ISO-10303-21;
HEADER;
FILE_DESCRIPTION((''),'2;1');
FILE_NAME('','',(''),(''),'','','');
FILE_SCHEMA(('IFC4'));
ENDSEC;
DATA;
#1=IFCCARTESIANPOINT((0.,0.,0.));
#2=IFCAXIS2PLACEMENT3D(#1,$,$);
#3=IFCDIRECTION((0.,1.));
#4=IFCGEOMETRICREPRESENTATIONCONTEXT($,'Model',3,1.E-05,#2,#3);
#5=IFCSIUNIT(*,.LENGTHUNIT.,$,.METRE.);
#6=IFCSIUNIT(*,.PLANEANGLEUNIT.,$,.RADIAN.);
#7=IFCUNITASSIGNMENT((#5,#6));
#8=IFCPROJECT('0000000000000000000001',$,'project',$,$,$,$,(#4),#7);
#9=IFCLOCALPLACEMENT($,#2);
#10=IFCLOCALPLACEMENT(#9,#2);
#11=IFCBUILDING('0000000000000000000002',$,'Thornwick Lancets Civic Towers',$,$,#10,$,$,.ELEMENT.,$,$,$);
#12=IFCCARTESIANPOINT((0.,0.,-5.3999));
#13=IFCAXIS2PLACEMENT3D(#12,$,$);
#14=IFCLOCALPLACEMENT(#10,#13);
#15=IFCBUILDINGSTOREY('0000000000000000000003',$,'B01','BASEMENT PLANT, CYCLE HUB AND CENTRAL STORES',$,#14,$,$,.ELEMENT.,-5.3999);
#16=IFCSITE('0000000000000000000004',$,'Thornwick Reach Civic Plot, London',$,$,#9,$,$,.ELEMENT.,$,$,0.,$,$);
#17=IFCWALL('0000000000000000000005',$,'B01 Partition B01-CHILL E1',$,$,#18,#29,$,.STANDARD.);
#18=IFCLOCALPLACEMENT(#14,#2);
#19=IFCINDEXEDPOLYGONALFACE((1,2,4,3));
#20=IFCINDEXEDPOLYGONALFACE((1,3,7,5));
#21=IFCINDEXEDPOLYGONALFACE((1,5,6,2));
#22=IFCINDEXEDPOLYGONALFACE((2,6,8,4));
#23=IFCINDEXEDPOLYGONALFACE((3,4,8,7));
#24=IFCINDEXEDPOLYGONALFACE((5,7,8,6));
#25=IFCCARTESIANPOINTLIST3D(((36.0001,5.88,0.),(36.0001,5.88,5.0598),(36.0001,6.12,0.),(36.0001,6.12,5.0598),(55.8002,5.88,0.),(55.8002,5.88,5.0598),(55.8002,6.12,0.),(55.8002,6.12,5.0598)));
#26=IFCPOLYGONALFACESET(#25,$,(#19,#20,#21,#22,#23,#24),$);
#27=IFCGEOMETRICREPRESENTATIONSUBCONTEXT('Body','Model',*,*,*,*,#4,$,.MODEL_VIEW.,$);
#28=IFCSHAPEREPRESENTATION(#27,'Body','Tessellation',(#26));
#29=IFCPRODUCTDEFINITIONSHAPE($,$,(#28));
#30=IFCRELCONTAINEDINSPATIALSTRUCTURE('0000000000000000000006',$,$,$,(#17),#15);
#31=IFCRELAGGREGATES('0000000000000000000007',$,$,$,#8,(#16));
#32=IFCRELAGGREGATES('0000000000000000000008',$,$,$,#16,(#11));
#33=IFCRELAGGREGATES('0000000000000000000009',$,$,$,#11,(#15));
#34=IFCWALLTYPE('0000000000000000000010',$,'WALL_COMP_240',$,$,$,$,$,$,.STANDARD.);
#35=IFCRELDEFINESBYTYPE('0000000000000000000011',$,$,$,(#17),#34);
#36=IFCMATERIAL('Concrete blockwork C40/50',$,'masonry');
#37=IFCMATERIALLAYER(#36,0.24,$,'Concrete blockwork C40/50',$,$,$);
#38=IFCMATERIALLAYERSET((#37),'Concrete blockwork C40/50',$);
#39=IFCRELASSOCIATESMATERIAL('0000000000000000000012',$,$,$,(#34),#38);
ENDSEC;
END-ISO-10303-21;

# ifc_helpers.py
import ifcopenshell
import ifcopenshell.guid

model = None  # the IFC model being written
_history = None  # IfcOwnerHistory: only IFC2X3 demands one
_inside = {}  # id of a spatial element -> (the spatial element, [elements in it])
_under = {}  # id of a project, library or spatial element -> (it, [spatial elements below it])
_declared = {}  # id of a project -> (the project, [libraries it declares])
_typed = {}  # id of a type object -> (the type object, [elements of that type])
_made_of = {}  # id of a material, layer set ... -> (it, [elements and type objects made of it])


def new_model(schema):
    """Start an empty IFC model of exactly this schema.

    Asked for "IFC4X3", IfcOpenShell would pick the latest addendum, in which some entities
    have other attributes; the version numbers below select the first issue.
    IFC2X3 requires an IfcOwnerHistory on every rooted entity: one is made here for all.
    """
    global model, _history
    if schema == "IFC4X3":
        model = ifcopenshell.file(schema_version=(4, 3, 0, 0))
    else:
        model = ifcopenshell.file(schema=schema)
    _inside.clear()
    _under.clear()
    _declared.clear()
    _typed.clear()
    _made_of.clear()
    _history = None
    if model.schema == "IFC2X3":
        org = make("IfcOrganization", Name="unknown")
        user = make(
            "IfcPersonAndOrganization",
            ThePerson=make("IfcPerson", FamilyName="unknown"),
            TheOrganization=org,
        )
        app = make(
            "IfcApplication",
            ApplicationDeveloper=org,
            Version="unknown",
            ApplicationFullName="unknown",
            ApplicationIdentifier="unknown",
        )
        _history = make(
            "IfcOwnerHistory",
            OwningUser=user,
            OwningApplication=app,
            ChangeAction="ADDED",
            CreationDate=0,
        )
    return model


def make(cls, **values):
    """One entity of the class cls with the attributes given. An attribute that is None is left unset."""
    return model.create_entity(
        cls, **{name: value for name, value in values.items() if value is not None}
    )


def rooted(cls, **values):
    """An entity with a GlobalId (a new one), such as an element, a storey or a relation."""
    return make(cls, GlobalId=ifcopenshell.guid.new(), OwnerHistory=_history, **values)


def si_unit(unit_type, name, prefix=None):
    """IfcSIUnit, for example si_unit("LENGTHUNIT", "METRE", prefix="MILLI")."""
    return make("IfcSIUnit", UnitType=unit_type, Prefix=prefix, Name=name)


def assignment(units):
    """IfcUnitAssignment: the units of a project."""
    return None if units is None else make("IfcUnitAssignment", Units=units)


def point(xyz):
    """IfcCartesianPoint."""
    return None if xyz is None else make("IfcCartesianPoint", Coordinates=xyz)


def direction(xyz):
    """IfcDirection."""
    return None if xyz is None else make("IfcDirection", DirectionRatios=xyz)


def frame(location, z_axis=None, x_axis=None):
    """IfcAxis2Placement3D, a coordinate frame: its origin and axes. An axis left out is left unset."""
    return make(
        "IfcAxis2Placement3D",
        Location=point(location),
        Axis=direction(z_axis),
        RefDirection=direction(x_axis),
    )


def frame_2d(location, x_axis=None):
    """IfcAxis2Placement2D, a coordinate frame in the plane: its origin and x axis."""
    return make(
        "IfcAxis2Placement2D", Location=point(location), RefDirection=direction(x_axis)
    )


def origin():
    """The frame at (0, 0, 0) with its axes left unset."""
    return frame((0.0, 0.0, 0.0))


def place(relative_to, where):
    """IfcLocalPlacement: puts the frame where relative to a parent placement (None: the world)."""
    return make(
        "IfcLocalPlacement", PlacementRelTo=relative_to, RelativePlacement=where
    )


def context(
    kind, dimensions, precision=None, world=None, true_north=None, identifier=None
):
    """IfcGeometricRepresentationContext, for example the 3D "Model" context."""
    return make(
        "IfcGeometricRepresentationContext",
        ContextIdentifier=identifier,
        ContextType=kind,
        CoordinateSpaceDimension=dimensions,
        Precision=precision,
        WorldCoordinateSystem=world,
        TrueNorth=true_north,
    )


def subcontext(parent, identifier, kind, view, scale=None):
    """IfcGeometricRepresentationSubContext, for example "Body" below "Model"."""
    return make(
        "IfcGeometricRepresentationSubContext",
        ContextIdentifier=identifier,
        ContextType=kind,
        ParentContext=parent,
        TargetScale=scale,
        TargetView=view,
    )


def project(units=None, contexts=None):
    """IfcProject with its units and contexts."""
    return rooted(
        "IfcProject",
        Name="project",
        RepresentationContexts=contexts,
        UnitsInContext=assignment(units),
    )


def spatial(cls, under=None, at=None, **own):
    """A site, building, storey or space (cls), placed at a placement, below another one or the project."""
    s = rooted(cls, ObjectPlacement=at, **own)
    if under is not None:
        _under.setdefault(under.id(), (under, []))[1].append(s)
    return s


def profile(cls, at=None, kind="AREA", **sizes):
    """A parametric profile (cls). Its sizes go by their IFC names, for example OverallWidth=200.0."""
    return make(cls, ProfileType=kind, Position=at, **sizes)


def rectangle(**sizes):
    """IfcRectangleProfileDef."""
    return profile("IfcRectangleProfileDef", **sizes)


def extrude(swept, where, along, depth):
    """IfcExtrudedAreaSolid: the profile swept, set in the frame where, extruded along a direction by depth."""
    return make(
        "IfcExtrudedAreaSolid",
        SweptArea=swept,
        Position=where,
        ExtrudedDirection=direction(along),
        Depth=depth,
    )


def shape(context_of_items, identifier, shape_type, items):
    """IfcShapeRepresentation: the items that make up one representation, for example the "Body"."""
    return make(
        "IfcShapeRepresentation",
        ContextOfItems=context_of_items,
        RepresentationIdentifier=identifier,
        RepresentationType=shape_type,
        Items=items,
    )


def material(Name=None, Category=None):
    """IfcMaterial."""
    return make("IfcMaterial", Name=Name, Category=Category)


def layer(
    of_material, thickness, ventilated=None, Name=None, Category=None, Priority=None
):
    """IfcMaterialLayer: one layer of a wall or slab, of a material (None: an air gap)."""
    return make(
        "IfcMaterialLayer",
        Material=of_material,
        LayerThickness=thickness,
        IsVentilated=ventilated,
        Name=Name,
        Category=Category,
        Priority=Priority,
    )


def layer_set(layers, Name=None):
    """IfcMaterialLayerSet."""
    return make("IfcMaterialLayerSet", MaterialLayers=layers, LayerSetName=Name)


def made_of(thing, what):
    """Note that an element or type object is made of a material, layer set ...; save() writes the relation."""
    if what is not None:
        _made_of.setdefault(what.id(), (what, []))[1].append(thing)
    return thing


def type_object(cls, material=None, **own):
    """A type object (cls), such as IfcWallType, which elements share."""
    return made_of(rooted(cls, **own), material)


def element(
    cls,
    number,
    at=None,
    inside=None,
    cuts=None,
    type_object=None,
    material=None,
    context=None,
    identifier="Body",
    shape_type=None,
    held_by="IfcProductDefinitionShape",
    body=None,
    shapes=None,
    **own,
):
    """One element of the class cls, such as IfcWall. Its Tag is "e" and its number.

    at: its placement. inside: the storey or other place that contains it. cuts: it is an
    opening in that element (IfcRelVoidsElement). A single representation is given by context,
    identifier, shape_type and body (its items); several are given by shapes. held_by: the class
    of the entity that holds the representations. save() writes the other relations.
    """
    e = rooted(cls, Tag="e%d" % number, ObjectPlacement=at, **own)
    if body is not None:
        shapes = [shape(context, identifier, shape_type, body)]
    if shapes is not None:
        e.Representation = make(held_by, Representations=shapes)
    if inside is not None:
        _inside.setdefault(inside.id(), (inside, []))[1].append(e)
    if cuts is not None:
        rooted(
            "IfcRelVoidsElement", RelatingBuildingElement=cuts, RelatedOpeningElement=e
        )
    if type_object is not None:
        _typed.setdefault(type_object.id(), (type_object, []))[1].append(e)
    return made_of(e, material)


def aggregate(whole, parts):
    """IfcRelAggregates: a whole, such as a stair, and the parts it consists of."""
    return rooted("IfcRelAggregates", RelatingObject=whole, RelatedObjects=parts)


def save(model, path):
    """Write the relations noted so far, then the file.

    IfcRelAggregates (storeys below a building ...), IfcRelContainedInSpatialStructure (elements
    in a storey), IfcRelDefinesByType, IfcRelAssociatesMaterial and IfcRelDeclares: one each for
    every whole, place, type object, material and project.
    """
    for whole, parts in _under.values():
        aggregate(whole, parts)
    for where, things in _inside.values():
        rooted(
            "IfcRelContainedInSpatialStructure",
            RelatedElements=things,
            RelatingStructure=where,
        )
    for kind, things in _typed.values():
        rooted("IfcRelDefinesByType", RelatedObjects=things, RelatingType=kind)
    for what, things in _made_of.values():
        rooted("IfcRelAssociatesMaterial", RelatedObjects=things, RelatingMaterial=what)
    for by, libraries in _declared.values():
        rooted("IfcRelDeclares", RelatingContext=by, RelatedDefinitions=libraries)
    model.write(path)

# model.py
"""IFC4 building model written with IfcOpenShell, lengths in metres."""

from ifc_helpers import new_model, si_unit, direction, frame, frame_2d, origin, place, context, subcontext, project, spatial, rectangle, extrude, material, layer, layer_set, type_object, element, save


model = new_model("IFC4")

# Units and contexts
model_context = context("Model", 3, precision=1e-05, world=origin(), true_north=direction((0.0, 1.0)))
body_context = subcontext(model_context, "Body", "Model", "MODEL_VIEW")
ifc_project = project(units=[si_unit("LENGTHUNIT", "METRE"), si_unit("PLANEANGLEUNIT", "RADIAN")], contexts=[model_context])

# Site, building, storey
site_placement = place(None, origin())
site = spatial("IfcSite", under=ifc_project, at=site_placement, Name="Thornwick Reach Civic Plot, London", CompositionType="ELEMENT", RefElevation=0.0)
building_placement = place(site_placement, origin())
building = spatial("IfcBuilding", under=site, at=building_placement, Name="Thornwick Lancets Civic Towers", CompositionType="ELEMENT")
storey_placement = place(building_placement, frame((0.0, 0.0, -5.3999)))
storey = spatial("IfcBuildingStorey", under=building, at=storey_placement, Name="B01", Description="BASEMENT PLANT, CYCLE HUB AND CENTRAL STORES", CompositionType="ELEMENT", Elevation=-5.3999)

# Wall
ifc_material_1 = material(Name="Concrete blockwork C40/50", Category="masonry")
ifc_layer = layer(ifc_material_1, 0.24, Name="Concrete blockwork C40/50")
ifc_layer_set = layer_set([ifc_layer], Name="Concrete blockwork C40/50")
wall_type = type_object("IfcWallType", Name="WALL_COMP_240", PredefinedType="STANDARD", material=ifc_layer_set)
wall_placement = place(storey_placement, frame((55.8, 6.0, 0.0), z_axis=(0.0, 0.0, 1.0), x_axis=(-1.0, 0.0, 0.0)))
element("IfcWall", 1, at=wall_placement, inside=storey, type_object=wall_type, Name="B01 Partition B01-CHILL E1", PredefinedType="STANDARD", context=body_context, shape_type="SweptSolid", body=[
    extrude(rectangle(XDim=19.8, YDim=0.24, at=frame_2d((9.8999, 0.0))), origin(), (0.0, 0.0, 1.0), 5.0598),
])

save(model, "model.ifc")
